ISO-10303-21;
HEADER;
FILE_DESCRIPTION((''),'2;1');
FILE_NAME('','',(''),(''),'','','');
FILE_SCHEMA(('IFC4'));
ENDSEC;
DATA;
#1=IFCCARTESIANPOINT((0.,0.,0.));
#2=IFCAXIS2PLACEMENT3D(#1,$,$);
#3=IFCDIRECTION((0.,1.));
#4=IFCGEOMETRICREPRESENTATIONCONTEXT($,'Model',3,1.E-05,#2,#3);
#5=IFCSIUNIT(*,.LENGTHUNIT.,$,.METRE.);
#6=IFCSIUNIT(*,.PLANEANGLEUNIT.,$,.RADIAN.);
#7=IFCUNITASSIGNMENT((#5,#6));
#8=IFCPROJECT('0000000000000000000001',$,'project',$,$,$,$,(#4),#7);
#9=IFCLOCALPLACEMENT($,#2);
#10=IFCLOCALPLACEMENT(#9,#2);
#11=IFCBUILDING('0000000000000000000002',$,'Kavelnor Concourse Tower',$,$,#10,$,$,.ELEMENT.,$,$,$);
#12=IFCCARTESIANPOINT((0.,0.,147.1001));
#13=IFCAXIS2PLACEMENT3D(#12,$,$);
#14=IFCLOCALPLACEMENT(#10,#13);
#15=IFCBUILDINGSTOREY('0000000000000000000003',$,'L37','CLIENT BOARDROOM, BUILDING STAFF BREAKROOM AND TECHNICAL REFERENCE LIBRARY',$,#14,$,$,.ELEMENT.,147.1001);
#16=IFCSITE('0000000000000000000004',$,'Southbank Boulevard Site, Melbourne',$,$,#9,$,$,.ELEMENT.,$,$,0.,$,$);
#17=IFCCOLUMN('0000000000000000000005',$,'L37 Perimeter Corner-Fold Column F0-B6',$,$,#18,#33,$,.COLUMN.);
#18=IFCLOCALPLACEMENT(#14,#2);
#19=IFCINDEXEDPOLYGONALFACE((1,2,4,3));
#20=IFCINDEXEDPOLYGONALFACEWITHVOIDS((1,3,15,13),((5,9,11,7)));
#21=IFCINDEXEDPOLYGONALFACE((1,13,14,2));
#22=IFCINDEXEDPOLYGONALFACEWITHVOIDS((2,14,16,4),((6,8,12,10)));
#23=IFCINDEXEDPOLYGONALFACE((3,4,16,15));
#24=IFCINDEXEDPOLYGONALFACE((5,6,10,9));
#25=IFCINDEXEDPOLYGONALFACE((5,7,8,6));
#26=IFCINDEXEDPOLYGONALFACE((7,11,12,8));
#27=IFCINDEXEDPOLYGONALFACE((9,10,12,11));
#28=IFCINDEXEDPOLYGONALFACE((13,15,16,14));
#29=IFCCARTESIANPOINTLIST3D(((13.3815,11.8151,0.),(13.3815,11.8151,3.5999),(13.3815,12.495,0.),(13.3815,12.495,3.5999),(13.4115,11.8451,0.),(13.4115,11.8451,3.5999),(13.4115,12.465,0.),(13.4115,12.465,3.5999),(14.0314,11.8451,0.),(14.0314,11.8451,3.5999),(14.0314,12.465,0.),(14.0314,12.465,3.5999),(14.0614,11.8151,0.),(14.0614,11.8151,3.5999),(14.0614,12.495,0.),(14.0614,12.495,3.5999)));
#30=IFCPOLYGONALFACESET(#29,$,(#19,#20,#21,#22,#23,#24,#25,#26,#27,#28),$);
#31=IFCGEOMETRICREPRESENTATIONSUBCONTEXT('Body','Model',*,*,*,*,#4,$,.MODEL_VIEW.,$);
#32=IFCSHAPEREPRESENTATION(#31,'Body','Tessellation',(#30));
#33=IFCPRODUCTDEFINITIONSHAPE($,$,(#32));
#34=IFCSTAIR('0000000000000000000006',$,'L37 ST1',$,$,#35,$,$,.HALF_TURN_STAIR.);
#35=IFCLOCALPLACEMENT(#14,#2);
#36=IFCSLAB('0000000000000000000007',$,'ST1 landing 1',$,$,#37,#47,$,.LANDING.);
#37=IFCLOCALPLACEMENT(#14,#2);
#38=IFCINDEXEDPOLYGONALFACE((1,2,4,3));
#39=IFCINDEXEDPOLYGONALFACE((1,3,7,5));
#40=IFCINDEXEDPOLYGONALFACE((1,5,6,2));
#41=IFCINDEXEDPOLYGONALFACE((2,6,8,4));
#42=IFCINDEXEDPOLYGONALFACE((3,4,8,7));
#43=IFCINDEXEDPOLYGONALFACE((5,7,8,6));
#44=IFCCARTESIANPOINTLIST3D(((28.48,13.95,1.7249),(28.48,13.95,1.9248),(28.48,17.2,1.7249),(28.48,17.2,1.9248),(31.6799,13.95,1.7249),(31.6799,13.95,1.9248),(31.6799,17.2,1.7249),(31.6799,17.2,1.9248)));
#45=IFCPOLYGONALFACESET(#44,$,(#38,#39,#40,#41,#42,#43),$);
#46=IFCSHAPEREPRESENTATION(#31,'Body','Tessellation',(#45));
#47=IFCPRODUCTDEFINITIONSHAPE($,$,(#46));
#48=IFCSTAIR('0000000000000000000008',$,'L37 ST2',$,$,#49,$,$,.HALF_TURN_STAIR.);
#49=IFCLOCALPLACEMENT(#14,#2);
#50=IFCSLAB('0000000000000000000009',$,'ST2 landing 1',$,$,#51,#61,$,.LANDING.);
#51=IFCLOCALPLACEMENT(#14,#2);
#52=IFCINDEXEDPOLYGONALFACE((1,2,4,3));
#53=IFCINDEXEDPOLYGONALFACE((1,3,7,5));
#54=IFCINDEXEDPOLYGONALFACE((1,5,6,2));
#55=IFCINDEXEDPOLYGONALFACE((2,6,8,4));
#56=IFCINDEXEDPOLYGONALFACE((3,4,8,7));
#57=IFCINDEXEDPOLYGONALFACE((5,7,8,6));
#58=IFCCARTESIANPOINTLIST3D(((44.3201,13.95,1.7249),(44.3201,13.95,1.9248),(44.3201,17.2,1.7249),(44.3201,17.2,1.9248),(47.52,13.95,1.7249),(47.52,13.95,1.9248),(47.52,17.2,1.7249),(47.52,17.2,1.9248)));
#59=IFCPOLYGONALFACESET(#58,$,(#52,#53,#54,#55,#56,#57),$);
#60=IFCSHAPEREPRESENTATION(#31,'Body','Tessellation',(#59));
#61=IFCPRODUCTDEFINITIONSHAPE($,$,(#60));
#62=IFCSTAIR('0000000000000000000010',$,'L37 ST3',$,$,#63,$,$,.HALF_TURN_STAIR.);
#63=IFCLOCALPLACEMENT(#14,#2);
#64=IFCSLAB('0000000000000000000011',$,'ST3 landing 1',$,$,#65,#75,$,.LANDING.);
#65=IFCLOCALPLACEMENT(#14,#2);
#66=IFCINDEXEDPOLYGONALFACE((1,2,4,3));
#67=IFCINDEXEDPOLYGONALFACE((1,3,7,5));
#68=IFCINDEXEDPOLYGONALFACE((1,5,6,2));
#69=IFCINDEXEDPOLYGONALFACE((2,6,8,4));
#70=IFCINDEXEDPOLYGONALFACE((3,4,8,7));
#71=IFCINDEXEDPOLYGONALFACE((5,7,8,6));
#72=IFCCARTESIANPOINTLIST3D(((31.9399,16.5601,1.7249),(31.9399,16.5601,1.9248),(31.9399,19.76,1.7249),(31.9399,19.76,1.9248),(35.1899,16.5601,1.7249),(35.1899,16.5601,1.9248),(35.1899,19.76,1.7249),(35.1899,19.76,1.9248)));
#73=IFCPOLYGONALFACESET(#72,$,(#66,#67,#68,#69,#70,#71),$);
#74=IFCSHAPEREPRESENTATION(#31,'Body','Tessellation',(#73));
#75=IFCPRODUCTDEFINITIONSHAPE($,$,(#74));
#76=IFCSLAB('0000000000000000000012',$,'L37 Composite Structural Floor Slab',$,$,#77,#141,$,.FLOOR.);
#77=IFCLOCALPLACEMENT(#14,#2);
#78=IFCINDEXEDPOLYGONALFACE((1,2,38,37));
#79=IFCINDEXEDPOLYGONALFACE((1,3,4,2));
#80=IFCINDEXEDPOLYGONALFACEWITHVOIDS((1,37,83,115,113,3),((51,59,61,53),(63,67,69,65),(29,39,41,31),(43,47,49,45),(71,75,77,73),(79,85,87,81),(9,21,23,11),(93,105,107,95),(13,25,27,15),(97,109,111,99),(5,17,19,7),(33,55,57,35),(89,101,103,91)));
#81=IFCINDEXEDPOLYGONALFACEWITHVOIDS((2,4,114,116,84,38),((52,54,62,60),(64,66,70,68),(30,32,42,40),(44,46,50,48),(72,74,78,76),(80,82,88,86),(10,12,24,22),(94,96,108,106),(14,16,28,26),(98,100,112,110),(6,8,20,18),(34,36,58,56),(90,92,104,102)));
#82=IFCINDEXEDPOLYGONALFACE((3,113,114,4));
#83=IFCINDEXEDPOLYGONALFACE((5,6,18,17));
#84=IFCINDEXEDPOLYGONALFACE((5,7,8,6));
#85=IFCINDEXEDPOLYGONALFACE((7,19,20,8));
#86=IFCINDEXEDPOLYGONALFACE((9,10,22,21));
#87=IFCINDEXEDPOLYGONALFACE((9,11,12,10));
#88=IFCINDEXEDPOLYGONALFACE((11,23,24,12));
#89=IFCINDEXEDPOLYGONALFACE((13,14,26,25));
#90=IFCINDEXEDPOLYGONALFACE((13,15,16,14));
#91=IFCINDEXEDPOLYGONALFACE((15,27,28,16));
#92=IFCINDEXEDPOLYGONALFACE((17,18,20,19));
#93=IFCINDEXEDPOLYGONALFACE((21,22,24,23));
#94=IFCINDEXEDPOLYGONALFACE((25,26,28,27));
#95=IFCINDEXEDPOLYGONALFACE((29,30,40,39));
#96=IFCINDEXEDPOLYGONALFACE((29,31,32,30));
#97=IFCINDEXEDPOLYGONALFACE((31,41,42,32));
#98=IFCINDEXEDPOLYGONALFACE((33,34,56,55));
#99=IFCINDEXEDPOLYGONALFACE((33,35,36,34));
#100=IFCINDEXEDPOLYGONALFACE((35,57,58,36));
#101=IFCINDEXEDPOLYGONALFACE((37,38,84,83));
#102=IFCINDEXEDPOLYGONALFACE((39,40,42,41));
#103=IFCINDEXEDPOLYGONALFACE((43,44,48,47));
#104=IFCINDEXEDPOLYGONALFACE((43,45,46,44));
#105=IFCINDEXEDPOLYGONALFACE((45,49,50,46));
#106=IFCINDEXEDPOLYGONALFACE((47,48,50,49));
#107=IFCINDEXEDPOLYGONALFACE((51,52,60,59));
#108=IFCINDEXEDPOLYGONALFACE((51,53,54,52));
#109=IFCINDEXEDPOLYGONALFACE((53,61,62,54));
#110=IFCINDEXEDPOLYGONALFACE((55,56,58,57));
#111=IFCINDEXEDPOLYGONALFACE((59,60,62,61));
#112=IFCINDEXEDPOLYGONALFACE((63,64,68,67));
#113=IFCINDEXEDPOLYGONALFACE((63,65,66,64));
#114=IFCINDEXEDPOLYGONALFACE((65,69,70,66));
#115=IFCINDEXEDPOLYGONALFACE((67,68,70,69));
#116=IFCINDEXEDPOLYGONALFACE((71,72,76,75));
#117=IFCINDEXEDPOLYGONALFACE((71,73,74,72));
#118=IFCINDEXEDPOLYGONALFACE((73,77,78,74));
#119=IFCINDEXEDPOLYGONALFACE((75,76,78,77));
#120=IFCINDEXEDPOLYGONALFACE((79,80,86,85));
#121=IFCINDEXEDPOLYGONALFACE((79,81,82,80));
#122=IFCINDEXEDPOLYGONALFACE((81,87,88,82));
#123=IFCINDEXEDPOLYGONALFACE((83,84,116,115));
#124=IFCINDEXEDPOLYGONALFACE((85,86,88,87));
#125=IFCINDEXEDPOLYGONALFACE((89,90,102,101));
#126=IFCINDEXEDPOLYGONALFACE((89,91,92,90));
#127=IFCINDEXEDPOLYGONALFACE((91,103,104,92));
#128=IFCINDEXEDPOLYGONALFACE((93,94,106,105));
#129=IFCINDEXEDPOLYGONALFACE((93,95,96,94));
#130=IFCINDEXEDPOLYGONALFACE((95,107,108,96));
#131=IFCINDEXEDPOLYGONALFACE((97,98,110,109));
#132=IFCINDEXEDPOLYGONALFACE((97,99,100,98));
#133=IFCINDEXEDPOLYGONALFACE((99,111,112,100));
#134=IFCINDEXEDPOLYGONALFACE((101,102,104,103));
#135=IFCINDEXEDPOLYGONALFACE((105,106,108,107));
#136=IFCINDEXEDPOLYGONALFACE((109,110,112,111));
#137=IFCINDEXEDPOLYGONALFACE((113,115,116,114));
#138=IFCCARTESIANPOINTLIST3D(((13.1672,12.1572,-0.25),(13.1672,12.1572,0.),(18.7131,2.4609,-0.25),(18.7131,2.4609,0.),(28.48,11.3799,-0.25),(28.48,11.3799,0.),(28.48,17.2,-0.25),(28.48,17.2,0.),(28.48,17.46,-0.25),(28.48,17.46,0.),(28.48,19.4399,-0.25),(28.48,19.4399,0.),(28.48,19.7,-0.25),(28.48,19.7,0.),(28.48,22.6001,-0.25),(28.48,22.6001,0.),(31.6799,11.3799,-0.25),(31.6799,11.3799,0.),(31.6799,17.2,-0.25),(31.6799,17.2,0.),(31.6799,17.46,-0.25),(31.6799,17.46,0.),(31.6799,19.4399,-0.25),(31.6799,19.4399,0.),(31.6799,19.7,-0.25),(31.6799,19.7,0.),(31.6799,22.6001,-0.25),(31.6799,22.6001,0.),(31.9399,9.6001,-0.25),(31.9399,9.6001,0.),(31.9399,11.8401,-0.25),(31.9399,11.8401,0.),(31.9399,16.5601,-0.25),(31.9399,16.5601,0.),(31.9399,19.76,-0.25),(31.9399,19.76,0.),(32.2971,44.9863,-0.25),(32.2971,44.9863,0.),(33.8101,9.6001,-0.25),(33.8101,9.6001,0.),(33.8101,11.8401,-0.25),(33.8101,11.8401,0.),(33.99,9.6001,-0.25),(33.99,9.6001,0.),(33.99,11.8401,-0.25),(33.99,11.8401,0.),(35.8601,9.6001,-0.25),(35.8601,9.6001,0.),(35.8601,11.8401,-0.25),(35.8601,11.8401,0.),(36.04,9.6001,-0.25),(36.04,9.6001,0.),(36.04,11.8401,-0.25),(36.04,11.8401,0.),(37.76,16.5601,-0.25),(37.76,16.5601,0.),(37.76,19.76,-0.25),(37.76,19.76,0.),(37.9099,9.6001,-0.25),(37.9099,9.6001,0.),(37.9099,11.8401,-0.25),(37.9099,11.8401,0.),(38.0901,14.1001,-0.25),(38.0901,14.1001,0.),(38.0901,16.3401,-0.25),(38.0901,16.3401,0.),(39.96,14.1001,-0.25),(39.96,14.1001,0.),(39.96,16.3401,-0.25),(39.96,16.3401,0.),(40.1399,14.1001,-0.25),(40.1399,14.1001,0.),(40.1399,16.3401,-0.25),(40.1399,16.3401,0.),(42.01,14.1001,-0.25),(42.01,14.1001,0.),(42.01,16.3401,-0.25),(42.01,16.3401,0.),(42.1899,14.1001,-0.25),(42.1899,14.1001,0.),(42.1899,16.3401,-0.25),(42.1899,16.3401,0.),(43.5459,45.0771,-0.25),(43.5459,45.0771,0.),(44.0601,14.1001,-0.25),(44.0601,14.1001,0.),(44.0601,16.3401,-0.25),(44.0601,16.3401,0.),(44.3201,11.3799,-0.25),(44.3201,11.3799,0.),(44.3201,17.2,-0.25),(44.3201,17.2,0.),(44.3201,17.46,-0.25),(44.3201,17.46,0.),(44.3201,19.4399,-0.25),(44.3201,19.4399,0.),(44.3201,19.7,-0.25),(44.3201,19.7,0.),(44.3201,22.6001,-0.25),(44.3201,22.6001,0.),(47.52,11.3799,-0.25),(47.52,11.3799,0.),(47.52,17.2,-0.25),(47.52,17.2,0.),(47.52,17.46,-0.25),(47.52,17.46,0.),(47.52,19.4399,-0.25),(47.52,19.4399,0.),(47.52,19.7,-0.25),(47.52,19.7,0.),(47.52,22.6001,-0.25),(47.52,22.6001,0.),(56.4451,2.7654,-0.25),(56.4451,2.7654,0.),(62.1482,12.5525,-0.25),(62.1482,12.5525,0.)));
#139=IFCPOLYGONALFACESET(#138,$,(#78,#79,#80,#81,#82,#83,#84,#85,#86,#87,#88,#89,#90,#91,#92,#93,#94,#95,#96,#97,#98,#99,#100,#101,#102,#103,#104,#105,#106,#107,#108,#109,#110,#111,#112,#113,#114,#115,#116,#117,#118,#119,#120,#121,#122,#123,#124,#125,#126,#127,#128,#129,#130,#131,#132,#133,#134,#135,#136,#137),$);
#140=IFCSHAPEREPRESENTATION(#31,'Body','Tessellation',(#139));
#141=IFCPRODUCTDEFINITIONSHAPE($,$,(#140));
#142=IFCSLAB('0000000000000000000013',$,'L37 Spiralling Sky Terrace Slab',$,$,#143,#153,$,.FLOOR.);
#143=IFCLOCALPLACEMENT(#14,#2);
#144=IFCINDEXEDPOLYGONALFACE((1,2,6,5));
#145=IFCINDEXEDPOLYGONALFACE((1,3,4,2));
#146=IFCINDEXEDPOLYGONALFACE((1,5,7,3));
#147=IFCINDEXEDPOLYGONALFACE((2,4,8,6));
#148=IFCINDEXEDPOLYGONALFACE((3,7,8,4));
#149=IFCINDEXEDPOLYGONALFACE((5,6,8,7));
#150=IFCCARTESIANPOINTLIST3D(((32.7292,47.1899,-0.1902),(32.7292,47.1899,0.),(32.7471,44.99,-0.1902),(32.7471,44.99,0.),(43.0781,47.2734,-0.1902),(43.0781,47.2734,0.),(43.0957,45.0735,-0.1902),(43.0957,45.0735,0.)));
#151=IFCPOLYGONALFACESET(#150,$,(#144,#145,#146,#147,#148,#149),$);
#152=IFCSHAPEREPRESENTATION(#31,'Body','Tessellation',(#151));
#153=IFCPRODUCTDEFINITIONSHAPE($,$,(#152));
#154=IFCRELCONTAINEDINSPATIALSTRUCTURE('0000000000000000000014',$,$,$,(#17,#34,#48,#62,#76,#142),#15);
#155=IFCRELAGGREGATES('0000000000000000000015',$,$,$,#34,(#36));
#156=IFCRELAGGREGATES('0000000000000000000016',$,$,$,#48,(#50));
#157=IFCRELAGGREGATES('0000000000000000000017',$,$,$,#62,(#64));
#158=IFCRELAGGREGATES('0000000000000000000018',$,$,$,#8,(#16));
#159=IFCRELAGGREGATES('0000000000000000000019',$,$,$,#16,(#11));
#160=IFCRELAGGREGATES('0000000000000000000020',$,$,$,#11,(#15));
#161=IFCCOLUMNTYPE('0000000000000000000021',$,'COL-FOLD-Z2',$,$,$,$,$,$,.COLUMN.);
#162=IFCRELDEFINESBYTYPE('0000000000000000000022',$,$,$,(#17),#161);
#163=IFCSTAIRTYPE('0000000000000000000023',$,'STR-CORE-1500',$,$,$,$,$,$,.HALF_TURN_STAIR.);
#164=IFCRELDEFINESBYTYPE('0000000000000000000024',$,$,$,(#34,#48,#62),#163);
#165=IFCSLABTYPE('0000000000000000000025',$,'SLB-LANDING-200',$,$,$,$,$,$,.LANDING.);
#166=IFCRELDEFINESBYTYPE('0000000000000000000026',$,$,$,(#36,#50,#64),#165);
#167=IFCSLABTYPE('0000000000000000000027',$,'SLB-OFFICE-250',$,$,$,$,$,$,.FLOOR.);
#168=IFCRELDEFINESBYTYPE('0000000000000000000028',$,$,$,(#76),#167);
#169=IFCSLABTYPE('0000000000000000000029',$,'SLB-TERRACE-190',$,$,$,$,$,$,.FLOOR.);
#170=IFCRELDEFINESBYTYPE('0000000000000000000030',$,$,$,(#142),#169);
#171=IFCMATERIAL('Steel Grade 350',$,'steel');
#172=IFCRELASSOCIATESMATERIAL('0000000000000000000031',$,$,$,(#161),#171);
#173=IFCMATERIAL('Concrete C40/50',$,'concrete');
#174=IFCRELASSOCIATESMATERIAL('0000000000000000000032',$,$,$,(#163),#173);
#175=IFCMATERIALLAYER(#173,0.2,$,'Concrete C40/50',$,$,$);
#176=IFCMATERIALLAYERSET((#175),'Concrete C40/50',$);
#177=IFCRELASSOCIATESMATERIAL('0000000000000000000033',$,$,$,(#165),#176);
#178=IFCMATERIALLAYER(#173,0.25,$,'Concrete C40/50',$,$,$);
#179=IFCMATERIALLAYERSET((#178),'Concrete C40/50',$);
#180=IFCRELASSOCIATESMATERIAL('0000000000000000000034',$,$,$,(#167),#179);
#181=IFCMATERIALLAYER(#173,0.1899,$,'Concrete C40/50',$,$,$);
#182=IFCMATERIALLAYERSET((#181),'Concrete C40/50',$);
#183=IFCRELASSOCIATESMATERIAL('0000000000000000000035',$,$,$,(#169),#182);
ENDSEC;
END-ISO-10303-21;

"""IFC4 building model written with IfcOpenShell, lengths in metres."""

from ifc_helpers import new_model, si_unit, direction, frame, origin, origin_2d, place, context, subcontext, project, spatial, polyline, hollow_rectangle, outline, extrude, material, layer, layer_set, material_profile, profile_set, type_object, element, aggregate, save


model = new_model("IFC4")

# Units and contexts
model_context = context("Model", 3, precision=1e-05, world=origin(), true_north=direction((0.0, 1.0)))
body_context = subcontext(model_context, "Body", "Model", "MODEL_VIEW")
ifc_project = project(units=[si_unit("LENGTHUNIT", "METRE"), si_unit("PLANEANGLEUNIT", "RADIAN")], contexts=[model_context])

# Site, building, storey
site_placement = place(None, origin())
site = spatial("IfcSite", under=ifc_project, at=site_placement, Name="Southbank Boulevard Site, Melbourne", CompositionType="ELEMENT", RefElevation=0.0)
building_placement = place(site_placement, origin())
building = spatial("IfcBuilding", under=site, at=building_placement, Name="Kavelnor Concourse Tower", CompositionType="ELEMENT")
storey_placement = place(building_placement, frame((0.0, 0.0, 147.1001)))
storey = spatial("IfcBuildingStorey", under=building, at=storey_placement, Name="L37", Description="CLIENT BOARDROOM, BUILDING STAFF BREAKROOM AND TECHNICAL REFERENCE LIBRARY", CompositionType="ELEMENT", Elevation=147.1001)

# Column
ifc_material_1 = material(Name="Steel Grade 350", Category="steel")
ifc_material_profile = material_profile(ifc_material_1, hollow_rectangle(XDim=0.6799, YDim=0.6799, WallThickness=0.03, at=origin_2d()), Name="SHS 680x680x30")
ifc_profile_set = profile_set([ifc_material_profile], Name="Steel Grade 350")
column_type = type_object("IfcColumnType", Name="COL-FOLD-Z2", PredefinedType="COLUMN", material=ifc_profile_set)
column_placement = place(storey_placement, frame((13.7214, 12.155, 0.0), z_axis=(0.0, 0.0, 1.0), x_axis=(1.0, 0.0, 0.0)))
element("IfcColumn", 1, at=column_placement, inside=storey, type_object=column_type, Name="L37 Perimeter Corner-Fold Column F0-B6", PredefinedType="COLUMN", context=body_context, shape_type="SweptSolid", body=[
    extrude(hollow_rectangle(XDim=0.6799, YDim=0.6799, WallThickness=0.03, at=origin_2d()), origin(), (0.0, 0.0, 1.0), 3.5999),
])

# Stairs, slabs
ifc_material_2 = material(Name="Concrete C40/50", Category="concrete")
stair_type = type_object("IfcStairType", Name="STR-CORE-1500", PredefinedType="HALF_TURN_STAIR", material=ifc_material_2)
stair_1_placement = place(storey_placement, origin())
stair_1 = element("IfcStair", 2, at=stair_1_placement, inside=storey, type_object=stair_type, Name="L37 ST1", PredefinedType="HALF_TURN_STAIR")
ifc_layer_1 = layer(ifc_material_2, 0.2, Name="Concrete C40/50")
ifc_layer_set_1 = layer_set([ifc_layer_1], Name="Concrete C40/50")
slab_type_1 = type_object("IfcSlabType", Name="SLB-LANDING-200", PredefinedType="LANDING", material=ifc_layer_set_1)
slab_1_placement = place(storey_placement, frame((0.0, 0.0, 1.7249)))
slab_1 = element("IfcSlab", 3, at=slab_1_placement, type_object=slab_type_1, Name="ST1 landing 1", PredefinedType="LANDING", context=body_context, shape_type="SweptSolid", body=[
    extrude(outline(polyline([(31.6799, 13.95), (31.6799, 17.2), (28.48, 17.2), (28.48, 13.95), (31.6799, 13.95)])), origin(), (0.0, 0.0, 1.0), 0.2),
])
aggregate(stair_1, [slab_1])
stair_2_placement = place(storey_placement, origin())
stair_2 = element("IfcStair", 4, at=stair_2_placement, inside=storey, type_object=stair_type, Name="L37 ST2", PredefinedType="HALF_TURN_STAIR")
slab_2_placement = place(storey_placement, frame((0.0, 0.0, 1.7249)))
slab_2 = element("IfcSlab", 5, at=slab_2_placement, type_object=slab_type_1, Name="ST2 landing 1", PredefinedType="LANDING", context=body_context, shape_type="SweptSolid", body=[
    extrude(outline(polyline([(47.52, 13.95), (47.52, 17.2), (44.3201, 17.2), (44.3201, 13.95), (47.52, 13.95)])), origin(), (0.0, 0.0, 1.0), 0.2),
])
aggregate(stair_2, [slab_2])
stair_3_placement = place(storey_placement, origin())
stair_3 = element("IfcStair", 6, at=stair_3_placement, inside=storey, type_object=stair_type, Name="L37 ST3", PredefinedType="HALF_TURN_STAIR")
slab_3_placement = place(storey_placement, frame((0.0, 0.0, 1.7249)))
slab_3 = element("IfcSlab", 7, at=slab_3_placement, type_object=slab_type_1, Name="ST3 landing 1", PredefinedType="LANDING", context=body_context, shape_type="SweptSolid", body=[
    extrude(outline(polyline([(35.1899, 19.76), (31.9399, 19.76), (31.9399, 16.5601), (35.1899, 16.5601), (35.1899, 19.76)])), origin(), (0.0, 0.0, 1.0), 0.2),
])
aggregate(stair_3, [slab_3])

# Slabs
ifc_layer_2 = layer(ifc_material_2, 0.25, Name="Concrete C40/50")
ifc_layer_set_2 = layer_set([ifc_layer_2], Name="Concrete C40/50")
slab_type_2 = type_object("IfcSlabType", Name="SLB-OFFICE-250", PredefinedType="FLOOR", material=ifc_layer_set_2)
slab_4_placement = place(storey_placement, frame((0.0, 0.0, -0.25)))
element("IfcSlab", 8, at=slab_4_placement, inside=storey, type_object=slab_type_2, Name="L37 Composite Structural Floor Slab", PredefinedType="FLOOR", context=body_context, shape_type="SweptSolid", body=[
    extrude(outline(polyline([(43.5459, 45.0771), (32.2971, 44.9863), (13.1672, 12.1572), (18.7131, 2.4609), (56.4451, 2.7654), (62.1482, 12.5525), (43.5459, 45.0771)]), holes=[polyline([(28.48, 11.3799), (31.6799, 11.3799), (31.6799, 17.2), (28.48, 17.2), (28.48, 11.3799)]), polyline([(44.3201, 11.3799), (47.52, 11.3799), (47.52, 17.2), (44.3201, 17.2), (44.3201, 11.3799)]), polyline([(31.9399, 16.5601), (37.76, 16.5601), (37.76, 19.76), (31.9399, 19.76), (31.9399, 16.5601)]), polyline([(28.48, 19.7), (31.6799, 19.7), (31.6799, 22.6001), (28.48, 22.6001), (28.48, 19.7)]), polyline([(44.3201, 19.7), (47.52, 19.7), (47.52, 22.6001), (44.3201, 22.6001), (44.3201, 19.7)]), polyline([(38.0901, 14.1001), (39.96, 14.1001), (39.96, 16.3401), (38.0901, 16.3401), (38.0901, 14.1001)]), polyline([(40.1399, 14.1001), (42.01, 14.1001), (42.01, 16.3401), (40.1399, 16.3401), (40.1399, 14.1001)]), polyline([(42.1899, 14.1001), (44.0601, 14.1001), (44.0601, 16.3401), (42.1899, 16.3401), (42.1899, 14.1001)]), polyline([(31.9399, 9.6001), (33.8101, 9.6001), (33.8101, 11.8401), (31.9399, 11.8401), (31.9399, 9.6001)]), polyline([(33.99, 9.6001), (35.8601, 9.6001), (35.8601, 11.8401), (33.99, 11.8401), (33.99, 9.6001)]), polyline([(36.04, 9.6001), (37.9099, 9.6001), (37.9099, 11.8401), (36.04, 11.8401), (36.04, 9.6001)]), polyline([(28.48, 17.46), (31.6799, 17.46), (31.6799, 19.4399), (28.48, 19.4399), (28.48, 17.46)]), polyline([(44.3201, 17.46), (47.52, 17.46), (47.52, 19.4399), (44.3201, 19.4399), (44.3201, 17.46)])]), origin(), (0.0, 0.0, 1.0), 0.25),
])
ifc_layer_3 = layer(ifc_material_2, 0.1899, Name="Concrete C40/50")
ifc_layer_set_3 = layer_set([ifc_layer_3], Name="Concrete C40/50")
slab_type_3 = type_object("IfcSlabType", Name="SLB-TERRACE-190", PredefinedType="FLOOR", material=ifc_layer_set_3)
slab_5_placement = place(storey_placement, frame((0.0, 0.0, -0.1902)))
element("IfcSlab", 9, at=slab_5_placement, inside=storey, type_object=slab_type_3, Name="L37 Spiralling Sky Terrace Slab", PredefinedType="FLOOR", context=body_context, shape_type="SweptSolid", body=[
    extrude(outline(polyline([(32.7292, 47.1899), (43.0781, 47.2734), (43.0957, 45.0735), (32.7471, 44.99), (32.7292, 47.1899)])), origin(), (0.0, 0.0, 1.0), 0.1902),
])

save(model, "model.ifc")
